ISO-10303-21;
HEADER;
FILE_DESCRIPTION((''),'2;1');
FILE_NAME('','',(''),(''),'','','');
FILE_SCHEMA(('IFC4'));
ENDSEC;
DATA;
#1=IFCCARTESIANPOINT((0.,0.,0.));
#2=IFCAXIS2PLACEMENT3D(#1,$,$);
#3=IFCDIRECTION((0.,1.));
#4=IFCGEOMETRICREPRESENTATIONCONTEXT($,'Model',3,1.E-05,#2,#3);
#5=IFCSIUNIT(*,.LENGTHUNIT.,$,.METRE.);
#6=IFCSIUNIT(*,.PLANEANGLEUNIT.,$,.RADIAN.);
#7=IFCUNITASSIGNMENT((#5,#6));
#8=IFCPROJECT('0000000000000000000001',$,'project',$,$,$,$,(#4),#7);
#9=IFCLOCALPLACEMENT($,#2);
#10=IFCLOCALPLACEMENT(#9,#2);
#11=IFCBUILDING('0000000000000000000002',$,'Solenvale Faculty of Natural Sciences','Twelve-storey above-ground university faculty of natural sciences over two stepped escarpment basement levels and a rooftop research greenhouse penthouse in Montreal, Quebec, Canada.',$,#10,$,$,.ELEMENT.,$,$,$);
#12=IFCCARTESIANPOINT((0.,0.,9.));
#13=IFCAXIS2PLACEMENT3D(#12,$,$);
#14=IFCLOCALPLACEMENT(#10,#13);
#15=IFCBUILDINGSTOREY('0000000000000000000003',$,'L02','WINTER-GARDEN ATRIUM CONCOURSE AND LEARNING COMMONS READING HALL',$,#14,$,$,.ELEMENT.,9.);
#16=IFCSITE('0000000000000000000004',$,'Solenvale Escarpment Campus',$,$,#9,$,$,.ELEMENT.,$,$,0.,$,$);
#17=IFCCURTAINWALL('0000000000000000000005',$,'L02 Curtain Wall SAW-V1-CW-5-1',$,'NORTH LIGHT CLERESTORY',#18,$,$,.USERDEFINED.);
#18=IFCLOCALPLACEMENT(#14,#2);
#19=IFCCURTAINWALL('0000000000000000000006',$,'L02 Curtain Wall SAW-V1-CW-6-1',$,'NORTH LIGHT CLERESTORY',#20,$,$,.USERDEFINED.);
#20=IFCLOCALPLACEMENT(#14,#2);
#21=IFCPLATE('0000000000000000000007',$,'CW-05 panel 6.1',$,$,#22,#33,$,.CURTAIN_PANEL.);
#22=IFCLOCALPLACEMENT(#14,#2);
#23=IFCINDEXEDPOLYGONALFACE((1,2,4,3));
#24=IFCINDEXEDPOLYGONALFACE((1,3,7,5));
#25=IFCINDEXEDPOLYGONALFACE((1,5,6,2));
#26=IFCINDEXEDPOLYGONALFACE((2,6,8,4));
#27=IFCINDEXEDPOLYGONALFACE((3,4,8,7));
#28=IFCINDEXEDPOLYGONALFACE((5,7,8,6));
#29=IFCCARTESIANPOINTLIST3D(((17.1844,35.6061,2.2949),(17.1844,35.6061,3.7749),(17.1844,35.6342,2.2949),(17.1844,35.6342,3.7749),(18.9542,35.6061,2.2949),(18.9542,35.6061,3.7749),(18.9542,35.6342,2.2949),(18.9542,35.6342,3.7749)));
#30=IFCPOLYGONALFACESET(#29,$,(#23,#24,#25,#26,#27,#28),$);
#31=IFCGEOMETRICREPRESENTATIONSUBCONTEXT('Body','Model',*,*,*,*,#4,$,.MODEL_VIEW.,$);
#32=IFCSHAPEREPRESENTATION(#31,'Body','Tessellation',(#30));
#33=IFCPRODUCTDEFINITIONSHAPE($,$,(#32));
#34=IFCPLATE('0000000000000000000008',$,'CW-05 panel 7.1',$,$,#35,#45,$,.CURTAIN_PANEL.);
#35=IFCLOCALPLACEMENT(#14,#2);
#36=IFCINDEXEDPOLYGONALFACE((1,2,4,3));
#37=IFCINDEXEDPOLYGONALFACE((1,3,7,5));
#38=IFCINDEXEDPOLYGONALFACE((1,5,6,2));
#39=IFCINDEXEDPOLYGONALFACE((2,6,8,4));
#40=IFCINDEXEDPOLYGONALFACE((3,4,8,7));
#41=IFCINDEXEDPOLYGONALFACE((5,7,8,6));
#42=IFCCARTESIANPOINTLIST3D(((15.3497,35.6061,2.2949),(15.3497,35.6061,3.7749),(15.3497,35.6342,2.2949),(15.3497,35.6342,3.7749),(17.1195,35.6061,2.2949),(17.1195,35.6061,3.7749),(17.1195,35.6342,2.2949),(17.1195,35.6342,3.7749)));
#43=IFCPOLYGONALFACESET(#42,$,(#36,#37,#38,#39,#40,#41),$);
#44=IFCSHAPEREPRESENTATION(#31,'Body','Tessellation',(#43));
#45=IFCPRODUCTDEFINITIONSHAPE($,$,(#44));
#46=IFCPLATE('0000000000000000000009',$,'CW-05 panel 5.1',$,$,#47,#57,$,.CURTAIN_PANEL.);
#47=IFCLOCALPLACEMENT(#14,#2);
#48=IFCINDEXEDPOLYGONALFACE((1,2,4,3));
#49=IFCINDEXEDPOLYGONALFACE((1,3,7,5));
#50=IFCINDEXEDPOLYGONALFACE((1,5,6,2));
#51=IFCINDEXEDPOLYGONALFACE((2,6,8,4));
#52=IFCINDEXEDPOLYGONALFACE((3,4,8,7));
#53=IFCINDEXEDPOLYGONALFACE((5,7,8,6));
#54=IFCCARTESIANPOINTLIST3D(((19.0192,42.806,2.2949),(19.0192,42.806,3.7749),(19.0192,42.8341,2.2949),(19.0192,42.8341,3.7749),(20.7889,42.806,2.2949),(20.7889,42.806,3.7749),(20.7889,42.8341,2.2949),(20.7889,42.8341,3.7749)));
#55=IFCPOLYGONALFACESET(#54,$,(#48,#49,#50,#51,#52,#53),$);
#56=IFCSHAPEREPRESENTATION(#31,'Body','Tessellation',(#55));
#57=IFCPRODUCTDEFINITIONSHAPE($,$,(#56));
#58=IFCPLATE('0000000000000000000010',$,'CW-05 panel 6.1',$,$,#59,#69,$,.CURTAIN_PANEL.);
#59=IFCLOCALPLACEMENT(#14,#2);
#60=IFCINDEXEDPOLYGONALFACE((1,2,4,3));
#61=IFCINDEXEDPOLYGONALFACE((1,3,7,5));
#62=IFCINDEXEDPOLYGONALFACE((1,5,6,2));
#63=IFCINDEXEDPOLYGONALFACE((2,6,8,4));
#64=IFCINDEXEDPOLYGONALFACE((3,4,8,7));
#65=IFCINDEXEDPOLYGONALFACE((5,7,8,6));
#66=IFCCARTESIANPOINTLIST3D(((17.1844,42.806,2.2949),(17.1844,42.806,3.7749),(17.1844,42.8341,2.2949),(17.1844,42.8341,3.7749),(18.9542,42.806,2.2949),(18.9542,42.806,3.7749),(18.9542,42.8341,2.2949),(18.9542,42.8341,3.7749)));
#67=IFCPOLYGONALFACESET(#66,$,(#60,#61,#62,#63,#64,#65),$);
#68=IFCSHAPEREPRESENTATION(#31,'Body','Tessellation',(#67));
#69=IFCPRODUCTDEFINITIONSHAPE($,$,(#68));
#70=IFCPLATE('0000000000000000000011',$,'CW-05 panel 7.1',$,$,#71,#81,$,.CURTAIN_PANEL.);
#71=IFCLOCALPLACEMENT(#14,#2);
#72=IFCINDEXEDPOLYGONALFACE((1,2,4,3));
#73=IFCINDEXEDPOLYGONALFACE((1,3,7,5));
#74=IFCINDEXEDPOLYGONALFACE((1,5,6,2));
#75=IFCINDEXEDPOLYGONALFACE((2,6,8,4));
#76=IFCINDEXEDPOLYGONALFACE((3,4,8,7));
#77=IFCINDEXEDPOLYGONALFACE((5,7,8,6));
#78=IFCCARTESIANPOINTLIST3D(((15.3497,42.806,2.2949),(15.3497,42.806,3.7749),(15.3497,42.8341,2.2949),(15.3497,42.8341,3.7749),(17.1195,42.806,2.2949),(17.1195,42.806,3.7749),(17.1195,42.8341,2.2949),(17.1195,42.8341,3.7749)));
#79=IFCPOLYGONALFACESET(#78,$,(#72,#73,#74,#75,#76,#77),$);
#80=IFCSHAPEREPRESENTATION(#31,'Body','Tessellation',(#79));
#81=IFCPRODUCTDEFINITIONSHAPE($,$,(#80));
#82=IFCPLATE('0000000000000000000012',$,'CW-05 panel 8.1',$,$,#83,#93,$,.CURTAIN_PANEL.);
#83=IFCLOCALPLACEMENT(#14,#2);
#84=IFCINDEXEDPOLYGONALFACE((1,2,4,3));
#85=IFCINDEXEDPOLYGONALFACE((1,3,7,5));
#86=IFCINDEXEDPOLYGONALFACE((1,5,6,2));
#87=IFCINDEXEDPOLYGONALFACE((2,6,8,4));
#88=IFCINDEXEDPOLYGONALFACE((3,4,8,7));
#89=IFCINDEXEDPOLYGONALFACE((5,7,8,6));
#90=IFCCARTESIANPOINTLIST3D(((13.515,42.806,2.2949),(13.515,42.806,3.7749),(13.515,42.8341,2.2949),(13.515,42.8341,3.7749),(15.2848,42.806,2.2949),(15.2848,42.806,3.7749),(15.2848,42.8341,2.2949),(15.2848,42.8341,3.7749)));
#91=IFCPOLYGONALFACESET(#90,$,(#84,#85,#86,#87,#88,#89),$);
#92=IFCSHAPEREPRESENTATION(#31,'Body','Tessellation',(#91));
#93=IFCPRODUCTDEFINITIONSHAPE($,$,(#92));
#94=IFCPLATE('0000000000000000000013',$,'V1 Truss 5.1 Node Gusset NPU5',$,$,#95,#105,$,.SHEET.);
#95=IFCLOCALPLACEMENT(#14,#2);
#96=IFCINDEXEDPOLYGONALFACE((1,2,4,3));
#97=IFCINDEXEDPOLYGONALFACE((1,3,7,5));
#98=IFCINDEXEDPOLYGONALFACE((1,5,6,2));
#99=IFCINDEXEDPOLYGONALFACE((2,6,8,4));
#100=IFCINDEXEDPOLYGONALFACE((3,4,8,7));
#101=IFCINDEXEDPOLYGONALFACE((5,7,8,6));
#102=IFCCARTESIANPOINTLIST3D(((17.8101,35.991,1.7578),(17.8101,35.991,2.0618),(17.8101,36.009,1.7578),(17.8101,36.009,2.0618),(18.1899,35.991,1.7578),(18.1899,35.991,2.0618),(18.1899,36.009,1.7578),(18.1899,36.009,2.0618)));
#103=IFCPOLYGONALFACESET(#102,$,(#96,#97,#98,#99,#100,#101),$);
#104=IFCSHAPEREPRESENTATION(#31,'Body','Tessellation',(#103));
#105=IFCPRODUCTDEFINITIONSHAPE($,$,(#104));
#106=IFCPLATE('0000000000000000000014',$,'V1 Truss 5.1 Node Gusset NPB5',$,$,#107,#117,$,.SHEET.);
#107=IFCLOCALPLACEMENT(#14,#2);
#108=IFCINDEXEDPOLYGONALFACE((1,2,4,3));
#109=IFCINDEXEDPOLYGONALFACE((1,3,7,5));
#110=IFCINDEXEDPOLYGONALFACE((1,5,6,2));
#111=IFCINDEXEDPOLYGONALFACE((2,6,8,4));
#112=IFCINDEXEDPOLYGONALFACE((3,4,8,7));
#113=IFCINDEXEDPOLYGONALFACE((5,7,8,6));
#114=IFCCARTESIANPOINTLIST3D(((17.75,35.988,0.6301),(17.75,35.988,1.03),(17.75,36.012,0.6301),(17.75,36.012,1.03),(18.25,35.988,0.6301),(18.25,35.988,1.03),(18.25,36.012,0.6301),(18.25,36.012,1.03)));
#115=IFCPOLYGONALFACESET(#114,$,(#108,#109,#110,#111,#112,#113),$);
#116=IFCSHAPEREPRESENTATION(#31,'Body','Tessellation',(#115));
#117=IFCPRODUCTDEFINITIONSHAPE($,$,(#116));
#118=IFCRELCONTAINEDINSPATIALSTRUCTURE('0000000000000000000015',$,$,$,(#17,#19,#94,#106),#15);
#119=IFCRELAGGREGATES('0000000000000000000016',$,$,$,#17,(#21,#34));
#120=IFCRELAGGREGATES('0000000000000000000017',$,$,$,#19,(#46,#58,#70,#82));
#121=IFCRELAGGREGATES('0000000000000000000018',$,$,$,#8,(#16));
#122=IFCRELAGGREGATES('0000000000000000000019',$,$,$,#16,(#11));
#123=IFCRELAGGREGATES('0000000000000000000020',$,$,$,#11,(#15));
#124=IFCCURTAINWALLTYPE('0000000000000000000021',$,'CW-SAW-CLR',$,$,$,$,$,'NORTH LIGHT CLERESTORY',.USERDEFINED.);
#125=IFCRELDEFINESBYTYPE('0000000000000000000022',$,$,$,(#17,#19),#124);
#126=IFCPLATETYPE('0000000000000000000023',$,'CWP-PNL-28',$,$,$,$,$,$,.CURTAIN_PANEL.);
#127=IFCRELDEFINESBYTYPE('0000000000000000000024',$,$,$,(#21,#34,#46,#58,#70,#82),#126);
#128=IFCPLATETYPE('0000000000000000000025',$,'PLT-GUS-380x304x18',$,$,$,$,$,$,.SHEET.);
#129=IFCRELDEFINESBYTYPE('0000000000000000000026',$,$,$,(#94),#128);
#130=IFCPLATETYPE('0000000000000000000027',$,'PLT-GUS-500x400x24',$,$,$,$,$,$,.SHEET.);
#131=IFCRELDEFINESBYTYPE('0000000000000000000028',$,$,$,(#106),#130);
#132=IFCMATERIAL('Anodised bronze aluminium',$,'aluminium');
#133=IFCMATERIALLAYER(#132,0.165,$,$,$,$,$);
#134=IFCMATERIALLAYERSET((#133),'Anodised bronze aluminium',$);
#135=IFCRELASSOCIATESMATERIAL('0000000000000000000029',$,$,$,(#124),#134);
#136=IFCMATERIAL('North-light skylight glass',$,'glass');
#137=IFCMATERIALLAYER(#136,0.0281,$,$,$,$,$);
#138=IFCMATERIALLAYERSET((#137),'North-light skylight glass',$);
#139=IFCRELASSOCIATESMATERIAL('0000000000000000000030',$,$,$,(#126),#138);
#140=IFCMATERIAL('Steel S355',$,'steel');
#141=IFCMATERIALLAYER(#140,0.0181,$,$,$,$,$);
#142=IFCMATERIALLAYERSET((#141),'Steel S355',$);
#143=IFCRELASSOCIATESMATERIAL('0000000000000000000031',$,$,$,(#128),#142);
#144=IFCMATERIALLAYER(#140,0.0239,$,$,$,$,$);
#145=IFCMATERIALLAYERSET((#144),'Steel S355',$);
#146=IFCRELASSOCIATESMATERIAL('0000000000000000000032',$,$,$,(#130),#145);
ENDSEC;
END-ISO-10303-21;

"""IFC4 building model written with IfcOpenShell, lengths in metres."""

from ifc_helpers import new_model, si_unit, direction, frame, origin, origin_2d, place, context, subcontext, project, spatial, rectangle, extrude, material, layer, layer_set, type_object, element, aggregate, save


model = new_model("IFC4")

# Units and contexts
model_context = context("Model", 3, precision=1e-05, world=origin(), true_north=direction((0.0, 1.0)))
body_context = subcontext(model_context, "Body", "Model", "MODEL_VIEW")
ifc_project = project(units=[si_unit("LENGTHUNIT", "METRE"), si_unit("PLANEANGLEUNIT", "RADIAN")], contexts=[model_context])

# Site, building, storey
site_placement = place(None, origin())
site = spatial("IfcSite", under=ifc_project, at=site_placement, Name="Solenvale Escarpment Campus", CompositionType="ELEMENT", RefElevation=0.0)
building_placement = place(site_placement, origin())
building = spatial("IfcBuilding", under=site, at=building_placement, Name="Solenvale Faculty of Natural Sciences", Description="Twelve-storey above-ground university faculty of natural sciences over two stepped escarpment basement levels and a rooftop research greenhouse penthouse in Montreal, Quebec, Canada.", CompositionType="ELEMENT")
storey_placement = place(building_placement, frame((0.0, 0.0, 9.0)))
storey = spatial("IfcBuildingStorey", under=building, at=storey_placement, Name="L02", Description="WINTER-GARDEN ATRIUM CONCOURSE AND LEARNING COMMONS READING HALL", CompositionType="ELEMENT", Elevation=9.0)

# Curtain walls
ifc_material_1 = material(Name="Anodised bronze aluminium", Category="aluminium")
ifc_layer_1 = layer(ifc_material_1, 0.165)
ifc_layer_set_1 = layer_set([ifc_layer_1], Name="Anodised bronze aluminium")
curtain_wall_type = type_object("IfcCurtainWallType", Name="CW-SAW-CLR", ElementType="NORTH LIGHT CLERESTORY", PredefinedType="USERDEFINED", material=ifc_layer_set_1)
curtain_wall_1_placement = place(storey_placement, origin())
curtain_wall_1 = element("IfcCurtainWall", 1, at=curtain_wall_1_placement, inside=storey, type_object=curtain_wall_type, Name="L02 Curtain Wall SAW-V1-CW-5-1", ObjectType="NORTH LIGHT CLERESTORY", PredefinedType="USERDEFINED")
curtain_wall_2_placement = place(storey_placement, origin())
curtain_wall_2 = element("IfcCurtainWall", 2, at=curtain_wall_2_placement, inside=storey, type_object=curtain_wall_type, Name="L02 Curtain Wall SAW-V1-CW-6-1", ObjectType="NORTH LIGHT CLERESTORY", PredefinedType="USERDEFINED")

# Shared definitions
ifc_material_2 = material(Name="Steel S355", Category="steel")

# Plates
ifc_material_3 = material(Name="North-light skylight glass", Category="glass")
ifc_layer_2 = layer(ifc_material_3, 0.0281)
ifc_layer_set_2 = layer_set([ifc_layer_2], Name="North-light skylight glass")
plate_type_1 = type_object("IfcPlateType", Name="CWP-PNL-28", PredefinedType="CURTAIN_PANEL", material=ifc_layer_set_2)
plate_1_placement = place(storey_placement, frame((18.0693, 35.6201, 2.2949), z_axis=(0.0, 0.0, 1.0), x_axis=(-1.0, 0.0, 0.0)))
plate_1 = element("IfcPlate", 3, at=plate_1_placement, type_object=plate_type_1, Name="CW-05 panel 6.1", PredefinedType="CURTAIN_PANEL", context=body_context, shape_type="SweptSolid", body=[
    extrude(rectangle(XDim=1.7698, YDim=0.0281, at=origin_2d()), origin(), (0.0, 0.0, 1.0), 1.48),
])
plate_2_placement = place(storey_placement, frame((16.2346, 35.6201, 2.2949), z_axis=(0.0, 0.0, 1.0), x_axis=(-1.0, 0.0, 0.0)))
plate_2 = element("IfcPlate", 4, at=plate_2_placement, type_object=plate_type_1, Name="CW-05 panel 7.1", PredefinedType="CURTAIN_PANEL", context=body_context, shape_type="SweptSolid", body=[
    extrude(rectangle(XDim=1.7698, YDim=0.0281, at=origin_2d()), origin(), (0.0, 0.0, 1.0), 1.48),
])
aggregate(curtain_wall_1, [plate_1, plate_2])
plate_3_placement = place(storey_placement, frame((19.9041, 42.8201, 2.2949), z_axis=(0.0, 0.0, 1.0), x_axis=(-1.0, 0.0, 0.0)))
plate_3 = element("IfcPlate", 5, at=plate_3_placement, type_object=plate_type_1, Name="CW-05 panel 5.1", PredefinedType="CURTAIN_PANEL", context=body_context, shape_type="SweptSolid", body=[
    extrude(rectangle(XDim=1.7698, YDim=0.0281, at=origin_2d()), origin(), (0.0, 0.0, 1.0), 1.48),
])
plate_4_placement = place(storey_placement, frame((18.0693, 42.8201, 2.2949), z_axis=(0.0, 0.0, 1.0), x_axis=(-1.0, 0.0, 0.0)))
plate_4 = element("IfcPlate", 6, at=plate_4_placement, type_object=plate_type_1, Name="CW-05 panel 6.1", PredefinedType="CURTAIN_PANEL", context=body_context, shape_type="SweptSolid", body=[
    extrude(rectangle(XDim=1.7698, YDim=0.0281, at=origin_2d()), origin(), (0.0, 0.0, 1.0), 1.48),
])
plate_5_placement = place(storey_placement, frame((16.2346, 42.8201, 2.2949), z_axis=(0.0, 0.0, 1.0), x_axis=(-1.0, 0.0, 0.0)))
plate_5 = element("IfcPlate", 7, at=plate_5_placement, type_object=plate_type_1, Name="CW-05 panel 7.1", PredefinedType="CURTAIN_PANEL", context=body_context, shape_type="SweptSolid", body=[
    extrude(rectangle(XDim=1.7698, YDim=0.0281, at=origin_2d()), origin(), (0.0, 0.0, 1.0), 1.48),
])
plate_6_placement = place(storey_placement, frame((14.3999, 42.8201, 2.2949), z_axis=(0.0, 0.0, 1.0), x_axis=(-1.0, 0.0, 0.0)))
plate_6 = element("IfcPlate", 8, at=plate_6_placement, type_object=plate_type_1, Name="CW-05 panel 8.1", PredefinedType="CURTAIN_PANEL", context=body_context, shape_type="SweptSolid", body=[
    extrude(rectangle(XDim=1.7698, YDim=0.0281, at=origin_2d()), origin(), (0.0, 0.0, 1.0), 1.48),
])
aggregate(curtain_wall_2, [plate_3, plate_4, plate_5, plate_6])

# Plates
ifc_layer_3 = layer(ifc_material_2, 0.0181)
ifc_layer_set_3 = layer_set([ifc_layer_3], Name="Steel S355")
plate_type_2 = type_object("IfcPlateType", Name="PLT-GUS-380x304x18", PredefinedType="SHEET", material=ifc_layer_set_3)
plate_7_placement = place(storey_placement, frame((18.0, 36.0, 1.7578), z_axis=(0.0, 0.0, 1.0), x_axis=(1.0, 0.0, 0.0)))
element("IfcPlate", 9, at=plate_7_placement, inside=storey, type_object=plate_type_2, Name="V1 Truss 5.1 Node Gusset NPU5", PredefinedType="SHEET", context=body_context, shape_type="SweptSolid", body=[
    extrude(rectangle(XDim=0.3799, YDim=0.0181, at=origin_2d()), origin(), (0.0, 0.0, 1.0), 0.304),
])
ifc_layer_4 = layer(ifc_material_2, 0.0239)
ifc_layer_set_4 = layer_set([ifc_layer_4], Name="Steel S355")
plate_type_3 = type_object("IfcPlateType", Name="PLT-GUS-500x400x24", PredefinedType="SHEET", material=ifc_layer_set_4)
plate_8_placement = place(storey_placement, frame((18.0, 36.0, 0.6301), z_axis=(0.0, 0.0, 1.0), x_axis=(1.0, 0.0, 0.0)))
element("IfcPlate", 10, at=plate_8_placement, inside=storey, type_object=plate_type_3, Name="V1 Truss 5.1 Node Gusset NPB5", PredefinedType="SHEET", context=body_context, shape_type="SweptSolid", body=[
    extrude(rectangle(XDim=0.5, YDim=0.0239, at=origin_2d()), origin(), (0.0, 0.0, 1.0), 0.3999),
])

save(model, "model.ifc")
